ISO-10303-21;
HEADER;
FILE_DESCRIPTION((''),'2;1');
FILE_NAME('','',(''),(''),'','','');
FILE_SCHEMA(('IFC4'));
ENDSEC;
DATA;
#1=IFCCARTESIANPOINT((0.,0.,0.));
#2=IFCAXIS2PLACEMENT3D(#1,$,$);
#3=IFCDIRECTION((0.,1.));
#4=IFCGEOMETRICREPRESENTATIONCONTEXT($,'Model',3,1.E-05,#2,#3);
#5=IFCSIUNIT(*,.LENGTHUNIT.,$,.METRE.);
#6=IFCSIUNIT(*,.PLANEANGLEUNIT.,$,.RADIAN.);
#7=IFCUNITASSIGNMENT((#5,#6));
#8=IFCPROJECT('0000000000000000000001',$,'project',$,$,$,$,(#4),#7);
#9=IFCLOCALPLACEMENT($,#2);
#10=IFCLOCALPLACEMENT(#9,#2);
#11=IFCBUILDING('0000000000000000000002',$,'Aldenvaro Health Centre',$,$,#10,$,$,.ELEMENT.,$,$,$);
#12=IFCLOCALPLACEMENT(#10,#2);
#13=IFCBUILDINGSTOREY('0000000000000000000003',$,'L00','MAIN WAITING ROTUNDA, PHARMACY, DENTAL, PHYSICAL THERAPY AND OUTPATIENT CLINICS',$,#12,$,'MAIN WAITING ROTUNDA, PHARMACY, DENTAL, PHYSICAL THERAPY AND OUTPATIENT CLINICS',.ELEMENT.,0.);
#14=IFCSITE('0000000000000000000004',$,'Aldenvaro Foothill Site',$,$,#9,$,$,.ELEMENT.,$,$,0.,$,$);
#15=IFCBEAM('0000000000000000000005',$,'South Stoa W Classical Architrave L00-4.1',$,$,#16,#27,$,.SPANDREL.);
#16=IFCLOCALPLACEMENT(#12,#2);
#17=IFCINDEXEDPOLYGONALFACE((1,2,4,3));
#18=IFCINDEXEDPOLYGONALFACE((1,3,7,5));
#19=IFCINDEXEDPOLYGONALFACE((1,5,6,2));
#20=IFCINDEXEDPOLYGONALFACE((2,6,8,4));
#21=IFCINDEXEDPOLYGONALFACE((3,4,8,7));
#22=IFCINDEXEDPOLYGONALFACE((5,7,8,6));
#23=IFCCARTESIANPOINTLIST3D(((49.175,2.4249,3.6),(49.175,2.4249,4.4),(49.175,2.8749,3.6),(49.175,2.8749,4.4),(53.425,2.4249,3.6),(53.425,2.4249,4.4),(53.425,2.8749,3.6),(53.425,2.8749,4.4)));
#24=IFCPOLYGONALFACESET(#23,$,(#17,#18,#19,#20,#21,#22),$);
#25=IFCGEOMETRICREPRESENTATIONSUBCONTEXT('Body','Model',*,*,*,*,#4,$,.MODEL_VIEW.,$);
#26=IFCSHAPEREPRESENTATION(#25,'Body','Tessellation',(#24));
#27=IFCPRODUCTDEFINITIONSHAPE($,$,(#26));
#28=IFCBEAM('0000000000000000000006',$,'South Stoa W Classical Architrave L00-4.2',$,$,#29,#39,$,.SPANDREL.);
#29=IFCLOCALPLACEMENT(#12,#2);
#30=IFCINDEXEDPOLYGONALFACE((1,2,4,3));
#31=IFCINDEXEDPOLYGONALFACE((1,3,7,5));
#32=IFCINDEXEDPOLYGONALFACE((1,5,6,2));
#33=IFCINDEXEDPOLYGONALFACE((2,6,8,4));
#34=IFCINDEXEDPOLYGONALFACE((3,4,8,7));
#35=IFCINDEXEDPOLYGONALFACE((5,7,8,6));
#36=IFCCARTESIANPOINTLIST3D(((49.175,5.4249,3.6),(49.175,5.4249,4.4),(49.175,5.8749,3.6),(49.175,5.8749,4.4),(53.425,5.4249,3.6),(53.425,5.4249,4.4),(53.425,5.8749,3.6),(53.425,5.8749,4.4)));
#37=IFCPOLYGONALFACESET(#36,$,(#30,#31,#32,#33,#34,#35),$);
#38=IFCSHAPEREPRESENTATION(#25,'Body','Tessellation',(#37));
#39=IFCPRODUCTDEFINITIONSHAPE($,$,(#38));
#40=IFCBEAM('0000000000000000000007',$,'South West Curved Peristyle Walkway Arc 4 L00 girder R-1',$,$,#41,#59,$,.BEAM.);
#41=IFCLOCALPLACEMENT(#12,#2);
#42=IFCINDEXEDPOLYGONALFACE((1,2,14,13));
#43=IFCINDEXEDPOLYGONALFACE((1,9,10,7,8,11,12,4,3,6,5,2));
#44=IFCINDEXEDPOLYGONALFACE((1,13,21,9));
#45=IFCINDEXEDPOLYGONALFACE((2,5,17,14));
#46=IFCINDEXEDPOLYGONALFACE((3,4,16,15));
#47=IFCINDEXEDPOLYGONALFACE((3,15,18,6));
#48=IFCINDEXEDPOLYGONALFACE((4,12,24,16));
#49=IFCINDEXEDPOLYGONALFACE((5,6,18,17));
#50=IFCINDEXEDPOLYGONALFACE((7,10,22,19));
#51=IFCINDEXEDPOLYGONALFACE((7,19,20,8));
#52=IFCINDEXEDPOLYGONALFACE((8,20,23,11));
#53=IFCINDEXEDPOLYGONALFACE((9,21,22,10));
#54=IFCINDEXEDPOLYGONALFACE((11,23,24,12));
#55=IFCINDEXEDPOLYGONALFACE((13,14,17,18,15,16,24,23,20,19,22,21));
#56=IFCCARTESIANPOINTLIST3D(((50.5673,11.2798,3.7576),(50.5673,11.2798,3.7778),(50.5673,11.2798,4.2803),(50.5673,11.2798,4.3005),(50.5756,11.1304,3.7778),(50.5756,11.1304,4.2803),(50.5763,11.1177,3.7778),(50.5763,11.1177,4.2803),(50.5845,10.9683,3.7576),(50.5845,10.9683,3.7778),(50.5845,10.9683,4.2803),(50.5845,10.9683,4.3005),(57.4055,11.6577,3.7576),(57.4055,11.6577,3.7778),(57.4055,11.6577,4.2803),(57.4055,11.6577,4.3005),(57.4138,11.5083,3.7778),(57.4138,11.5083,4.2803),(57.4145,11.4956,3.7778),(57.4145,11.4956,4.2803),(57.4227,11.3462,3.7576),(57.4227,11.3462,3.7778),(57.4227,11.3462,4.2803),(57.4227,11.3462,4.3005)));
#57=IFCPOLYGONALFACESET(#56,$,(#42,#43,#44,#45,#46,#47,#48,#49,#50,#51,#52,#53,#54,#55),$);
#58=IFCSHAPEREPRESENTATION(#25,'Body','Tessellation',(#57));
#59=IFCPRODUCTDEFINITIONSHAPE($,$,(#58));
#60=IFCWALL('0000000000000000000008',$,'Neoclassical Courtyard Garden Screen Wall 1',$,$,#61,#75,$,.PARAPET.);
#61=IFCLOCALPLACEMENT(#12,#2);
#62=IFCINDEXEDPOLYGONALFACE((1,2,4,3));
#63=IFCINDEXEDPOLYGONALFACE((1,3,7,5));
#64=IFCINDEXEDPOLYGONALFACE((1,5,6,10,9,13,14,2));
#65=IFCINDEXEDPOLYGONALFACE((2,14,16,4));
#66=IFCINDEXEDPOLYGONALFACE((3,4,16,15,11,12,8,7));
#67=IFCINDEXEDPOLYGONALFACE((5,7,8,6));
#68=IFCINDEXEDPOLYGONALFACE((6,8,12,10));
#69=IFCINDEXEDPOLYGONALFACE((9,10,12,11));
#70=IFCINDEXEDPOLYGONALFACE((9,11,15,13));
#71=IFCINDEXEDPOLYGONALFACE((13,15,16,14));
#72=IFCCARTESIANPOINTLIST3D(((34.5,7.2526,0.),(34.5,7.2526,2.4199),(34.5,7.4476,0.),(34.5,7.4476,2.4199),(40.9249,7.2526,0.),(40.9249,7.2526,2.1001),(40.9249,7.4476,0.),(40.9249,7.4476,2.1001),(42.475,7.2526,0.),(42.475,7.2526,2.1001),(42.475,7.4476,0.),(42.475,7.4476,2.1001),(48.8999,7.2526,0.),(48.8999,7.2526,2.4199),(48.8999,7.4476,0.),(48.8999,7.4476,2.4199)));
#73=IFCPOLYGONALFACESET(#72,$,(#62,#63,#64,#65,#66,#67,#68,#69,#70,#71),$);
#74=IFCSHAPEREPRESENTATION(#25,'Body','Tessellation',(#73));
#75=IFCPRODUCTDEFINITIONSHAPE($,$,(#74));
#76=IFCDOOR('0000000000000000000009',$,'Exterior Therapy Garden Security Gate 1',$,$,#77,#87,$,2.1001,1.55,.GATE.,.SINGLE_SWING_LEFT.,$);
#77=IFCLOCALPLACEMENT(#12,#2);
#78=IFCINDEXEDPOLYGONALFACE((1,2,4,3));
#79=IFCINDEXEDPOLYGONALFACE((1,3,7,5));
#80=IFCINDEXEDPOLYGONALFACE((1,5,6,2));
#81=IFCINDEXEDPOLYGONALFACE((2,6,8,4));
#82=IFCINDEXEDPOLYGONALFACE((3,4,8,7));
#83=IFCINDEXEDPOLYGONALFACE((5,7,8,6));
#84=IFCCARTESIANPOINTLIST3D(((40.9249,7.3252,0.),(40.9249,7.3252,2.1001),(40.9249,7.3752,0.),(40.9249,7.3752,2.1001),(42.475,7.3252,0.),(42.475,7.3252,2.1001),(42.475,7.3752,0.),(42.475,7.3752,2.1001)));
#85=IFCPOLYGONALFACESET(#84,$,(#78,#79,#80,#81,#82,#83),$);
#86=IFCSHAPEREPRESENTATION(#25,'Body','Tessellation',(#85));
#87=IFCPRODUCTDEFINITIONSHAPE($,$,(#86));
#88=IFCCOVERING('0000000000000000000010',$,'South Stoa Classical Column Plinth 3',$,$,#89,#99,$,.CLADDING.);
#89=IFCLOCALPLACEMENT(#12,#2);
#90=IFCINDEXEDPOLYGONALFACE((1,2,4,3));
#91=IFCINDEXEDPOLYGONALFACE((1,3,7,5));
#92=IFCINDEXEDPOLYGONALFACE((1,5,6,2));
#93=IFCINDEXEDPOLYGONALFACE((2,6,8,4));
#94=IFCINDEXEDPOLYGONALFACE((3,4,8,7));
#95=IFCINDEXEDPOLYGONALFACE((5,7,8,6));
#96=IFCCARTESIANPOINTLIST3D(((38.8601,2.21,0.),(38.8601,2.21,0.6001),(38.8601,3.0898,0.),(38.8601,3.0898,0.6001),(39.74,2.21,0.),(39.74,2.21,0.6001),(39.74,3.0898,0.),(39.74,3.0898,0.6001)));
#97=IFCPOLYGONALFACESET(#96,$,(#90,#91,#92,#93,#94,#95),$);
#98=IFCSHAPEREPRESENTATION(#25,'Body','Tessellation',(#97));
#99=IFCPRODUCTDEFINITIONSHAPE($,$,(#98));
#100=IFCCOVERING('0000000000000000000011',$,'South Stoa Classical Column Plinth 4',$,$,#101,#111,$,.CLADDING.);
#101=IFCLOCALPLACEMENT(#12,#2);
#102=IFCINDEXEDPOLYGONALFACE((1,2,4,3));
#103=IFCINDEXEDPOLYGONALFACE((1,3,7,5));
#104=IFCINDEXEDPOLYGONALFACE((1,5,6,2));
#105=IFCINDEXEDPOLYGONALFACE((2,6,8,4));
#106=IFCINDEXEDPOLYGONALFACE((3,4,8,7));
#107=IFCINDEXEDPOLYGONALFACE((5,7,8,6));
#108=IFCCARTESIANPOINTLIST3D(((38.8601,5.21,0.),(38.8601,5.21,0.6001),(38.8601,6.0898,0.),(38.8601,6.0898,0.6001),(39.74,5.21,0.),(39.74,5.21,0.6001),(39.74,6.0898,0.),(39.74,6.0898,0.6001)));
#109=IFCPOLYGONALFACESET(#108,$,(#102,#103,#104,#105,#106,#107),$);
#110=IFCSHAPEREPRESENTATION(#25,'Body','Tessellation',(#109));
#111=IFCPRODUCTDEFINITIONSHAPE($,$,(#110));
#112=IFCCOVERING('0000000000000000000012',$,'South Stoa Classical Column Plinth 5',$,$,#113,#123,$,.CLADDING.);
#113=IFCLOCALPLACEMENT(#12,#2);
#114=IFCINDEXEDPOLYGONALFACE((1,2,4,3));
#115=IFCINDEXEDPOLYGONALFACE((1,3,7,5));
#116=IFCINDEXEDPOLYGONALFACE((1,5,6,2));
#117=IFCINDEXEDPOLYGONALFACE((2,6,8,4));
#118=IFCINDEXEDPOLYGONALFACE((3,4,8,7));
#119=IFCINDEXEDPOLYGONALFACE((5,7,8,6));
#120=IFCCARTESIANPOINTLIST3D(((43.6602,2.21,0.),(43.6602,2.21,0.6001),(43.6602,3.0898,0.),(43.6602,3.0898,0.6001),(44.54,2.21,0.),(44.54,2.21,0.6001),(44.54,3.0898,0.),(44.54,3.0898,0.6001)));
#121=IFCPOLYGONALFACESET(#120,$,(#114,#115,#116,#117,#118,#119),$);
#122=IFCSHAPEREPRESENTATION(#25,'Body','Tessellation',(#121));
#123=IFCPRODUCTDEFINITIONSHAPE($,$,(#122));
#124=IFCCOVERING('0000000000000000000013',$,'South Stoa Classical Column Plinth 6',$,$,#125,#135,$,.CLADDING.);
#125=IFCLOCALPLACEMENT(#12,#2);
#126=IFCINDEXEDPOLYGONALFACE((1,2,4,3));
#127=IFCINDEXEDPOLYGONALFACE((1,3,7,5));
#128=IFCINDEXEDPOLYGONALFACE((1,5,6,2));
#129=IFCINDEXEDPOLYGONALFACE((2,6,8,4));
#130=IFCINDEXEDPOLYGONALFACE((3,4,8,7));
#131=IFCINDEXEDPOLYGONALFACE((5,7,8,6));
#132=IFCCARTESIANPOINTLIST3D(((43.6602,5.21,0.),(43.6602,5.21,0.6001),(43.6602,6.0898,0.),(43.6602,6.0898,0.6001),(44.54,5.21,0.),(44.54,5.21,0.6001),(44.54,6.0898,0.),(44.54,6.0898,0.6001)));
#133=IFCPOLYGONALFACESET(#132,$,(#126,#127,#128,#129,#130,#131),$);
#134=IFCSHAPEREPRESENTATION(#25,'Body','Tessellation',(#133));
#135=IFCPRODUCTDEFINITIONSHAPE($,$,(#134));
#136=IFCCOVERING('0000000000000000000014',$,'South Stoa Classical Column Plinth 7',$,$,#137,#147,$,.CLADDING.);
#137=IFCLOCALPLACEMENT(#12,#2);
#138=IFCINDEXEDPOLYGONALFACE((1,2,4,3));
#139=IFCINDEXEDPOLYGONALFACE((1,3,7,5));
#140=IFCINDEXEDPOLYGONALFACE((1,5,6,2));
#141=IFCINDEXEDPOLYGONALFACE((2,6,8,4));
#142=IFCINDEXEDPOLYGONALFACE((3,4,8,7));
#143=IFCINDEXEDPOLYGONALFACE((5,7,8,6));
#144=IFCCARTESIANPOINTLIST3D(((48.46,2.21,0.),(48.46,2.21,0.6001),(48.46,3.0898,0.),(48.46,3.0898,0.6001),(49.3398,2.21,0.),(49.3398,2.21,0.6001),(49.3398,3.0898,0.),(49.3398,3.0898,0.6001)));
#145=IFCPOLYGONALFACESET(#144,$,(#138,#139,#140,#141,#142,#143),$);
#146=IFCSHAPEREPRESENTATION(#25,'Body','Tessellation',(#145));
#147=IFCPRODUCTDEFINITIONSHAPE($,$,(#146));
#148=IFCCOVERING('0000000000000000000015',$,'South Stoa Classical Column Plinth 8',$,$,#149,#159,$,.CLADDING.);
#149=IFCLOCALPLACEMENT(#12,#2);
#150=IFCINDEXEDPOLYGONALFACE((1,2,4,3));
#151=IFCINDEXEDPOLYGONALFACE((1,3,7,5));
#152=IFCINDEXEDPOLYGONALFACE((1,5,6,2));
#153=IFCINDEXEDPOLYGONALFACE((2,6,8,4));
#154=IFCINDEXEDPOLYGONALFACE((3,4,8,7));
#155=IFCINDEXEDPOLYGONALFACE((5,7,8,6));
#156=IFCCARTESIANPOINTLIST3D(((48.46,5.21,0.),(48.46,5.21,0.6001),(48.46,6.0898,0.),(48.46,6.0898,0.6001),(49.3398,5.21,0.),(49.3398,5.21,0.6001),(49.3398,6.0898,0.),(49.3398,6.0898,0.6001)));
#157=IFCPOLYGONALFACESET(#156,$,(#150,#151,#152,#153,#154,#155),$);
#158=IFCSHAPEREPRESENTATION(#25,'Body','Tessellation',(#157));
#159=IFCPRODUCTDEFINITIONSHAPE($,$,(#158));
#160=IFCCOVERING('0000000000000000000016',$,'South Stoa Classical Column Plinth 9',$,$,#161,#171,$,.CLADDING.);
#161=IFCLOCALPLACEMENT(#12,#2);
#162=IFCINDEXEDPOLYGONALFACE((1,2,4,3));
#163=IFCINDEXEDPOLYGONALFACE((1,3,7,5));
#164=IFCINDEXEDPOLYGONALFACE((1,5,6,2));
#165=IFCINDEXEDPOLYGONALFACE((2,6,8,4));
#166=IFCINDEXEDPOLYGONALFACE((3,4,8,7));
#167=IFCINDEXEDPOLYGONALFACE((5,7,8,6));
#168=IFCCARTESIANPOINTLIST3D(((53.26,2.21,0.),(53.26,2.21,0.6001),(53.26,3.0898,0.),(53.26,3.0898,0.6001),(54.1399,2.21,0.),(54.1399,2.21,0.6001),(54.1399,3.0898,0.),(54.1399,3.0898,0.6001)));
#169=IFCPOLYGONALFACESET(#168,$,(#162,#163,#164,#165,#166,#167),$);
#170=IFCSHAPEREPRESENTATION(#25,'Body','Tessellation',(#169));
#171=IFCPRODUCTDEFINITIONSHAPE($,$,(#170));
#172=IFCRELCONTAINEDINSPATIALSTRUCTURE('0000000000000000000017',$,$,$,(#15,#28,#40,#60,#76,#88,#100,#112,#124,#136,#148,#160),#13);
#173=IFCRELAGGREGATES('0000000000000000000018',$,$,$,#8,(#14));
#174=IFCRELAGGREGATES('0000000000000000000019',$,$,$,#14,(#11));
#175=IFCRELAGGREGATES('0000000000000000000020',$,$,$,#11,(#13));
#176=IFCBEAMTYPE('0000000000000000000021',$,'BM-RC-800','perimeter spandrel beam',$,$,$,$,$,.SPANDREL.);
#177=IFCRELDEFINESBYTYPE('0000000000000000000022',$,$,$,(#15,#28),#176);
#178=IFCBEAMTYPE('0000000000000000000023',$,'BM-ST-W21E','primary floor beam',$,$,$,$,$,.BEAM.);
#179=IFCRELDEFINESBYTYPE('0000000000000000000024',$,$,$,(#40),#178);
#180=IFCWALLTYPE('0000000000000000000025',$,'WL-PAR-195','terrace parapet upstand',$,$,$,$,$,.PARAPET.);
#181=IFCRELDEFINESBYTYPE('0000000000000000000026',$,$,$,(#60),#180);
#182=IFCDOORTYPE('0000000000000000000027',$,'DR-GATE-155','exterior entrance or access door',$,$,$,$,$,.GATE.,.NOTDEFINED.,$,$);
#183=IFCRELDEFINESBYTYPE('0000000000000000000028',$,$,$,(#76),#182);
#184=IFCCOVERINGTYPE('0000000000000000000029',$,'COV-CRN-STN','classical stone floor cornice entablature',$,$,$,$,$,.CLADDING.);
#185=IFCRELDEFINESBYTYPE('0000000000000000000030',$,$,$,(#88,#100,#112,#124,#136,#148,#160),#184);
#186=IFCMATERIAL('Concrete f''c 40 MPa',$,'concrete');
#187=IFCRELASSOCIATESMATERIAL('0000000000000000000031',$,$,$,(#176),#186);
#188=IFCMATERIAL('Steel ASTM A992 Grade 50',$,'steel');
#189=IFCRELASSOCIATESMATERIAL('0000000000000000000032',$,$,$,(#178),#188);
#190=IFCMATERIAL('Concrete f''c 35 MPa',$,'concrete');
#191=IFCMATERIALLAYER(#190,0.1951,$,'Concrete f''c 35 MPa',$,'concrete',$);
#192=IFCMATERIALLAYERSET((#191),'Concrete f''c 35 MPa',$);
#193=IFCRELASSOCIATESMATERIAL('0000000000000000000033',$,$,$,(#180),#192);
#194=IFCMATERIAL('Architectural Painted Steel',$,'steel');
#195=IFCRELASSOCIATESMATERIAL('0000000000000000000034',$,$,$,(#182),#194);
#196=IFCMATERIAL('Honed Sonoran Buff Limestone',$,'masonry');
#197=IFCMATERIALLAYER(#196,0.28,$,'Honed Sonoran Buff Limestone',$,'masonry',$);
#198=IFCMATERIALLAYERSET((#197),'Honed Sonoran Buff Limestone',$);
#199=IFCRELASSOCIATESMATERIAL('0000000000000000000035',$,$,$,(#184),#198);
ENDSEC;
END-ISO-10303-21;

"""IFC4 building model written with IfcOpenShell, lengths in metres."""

from ifc_helpers import new_model, si_unit, direction, frame, frame_2d, origin, origin_2d, place, context, subcontext, project, spatial, rectangle, i_section, extrude, material, layer, layer_set, material_profile, profile_set, type_object, element, fill, save


model = new_model("IFC4")

# Units and contexts
model_context = context("Model", 3, precision=1e-05, world=origin(), true_north=direction((0.0, 1.0)))
body_context = subcontext(model_context, "Body", "Model", "MODEL_VIEW")
ifc_project = project(units=[si_unit("LENGTHUNIT", "METRE"), si_unit("PLANEANGLEUNIT", "RADIAN")], contexts=[model_context])

# Site, building, storey
site_placement = place(None, origin())
site = spatial("IfcSite", under=ifc_project, at=site_placement, Name="Aldenvaro Foothill Site", CompositionType="ELEMENT", RefElevation=0.0)
building_placement = place(site_placement, origin())
building = spatial("IfcBuilding", under=site, at=building_placement, Name="Aldenvaro Health Centre", CompositionType="ELEMENT")
storey_placement = place(building_placement, origin())
storey = spatial("IfcBuildingStorey", under=building, at=storey_placement, Name="L00", Description="MAIN WAITING ROTUNDA, PHARMACY, DENTAL, PHYSICAL THERAPY AND OUTPATIENT CLINICS", LongName="MAIN WAITING ROTUNDA, PHARMACY, DENTAL, PHYSICAL THERAPY AND OUTPATIENT CLINICS", CompositionType="ELEMENT", Elevation=0.0)

# Shared definitions
ifc_material_1 = material(Name="Concrete f'c 40 MPa", Category="concrete")

# Beams
ifc_material_profile_1 = material_profile(ifc_material_1, rectangle(XDim=0.45, YDim=0.8, at=origin_2d()), Name="RC 450x800", Category="concrete")
ifc_profile_set_1 = profile_set([ifc_material_profile_1], Name="Concrete f'c 40 MPa")
beam_type_1 = type_object("IfcBeamType", Name="BM-RC-800", Description="perimeter spandrel beam", PredefinedType="SPANDREL", material=ifc_profile_set_1)
for number, where, z_axis, x_axis, name in (
    (1, (49.175, 2.6499, 4.0), (1.0, 0.0, 0.0), (0.0, 1.0, 0.0), "South Stoa W Classical Architrave L00-4.1"),
    (2, (49.175, 5.6499, 4.0), (1.0, 0.0, 0.0), (0.0, 1.0, 0.0), "South Stoa W Classical Architrave L00-4.2"),
):
    element("IfcBeam", number, at=place(storey_placement, frame(where, z_axis=z_axis, x_axis=x_axis)), inside=storey, type_object=beam_type_1, Name=name, PredefinedType="SPANDREL", context=body_context, shape_type="SweptSolid", body=[
        extrude(rectangle(XDim=0.45, YDim=0.8, at=origin_2d()), origin(), (0.0, 0.0, 1.0), 4.25),
    ])
ifc_material_2 = material(Name="Steel ASTM A992 Grade 50", Category="steel")
ifc_material_profile_2 = material_profile(ifc_material_2, i_section(OverallWidth=0.312, OverallDepth=0.543, WebThickness=0.0127, FlangeThickness=0.0203, at=origin_2d()), Name="W21X101", Category="steel")
ifc_profile_set_2 = profile_set([ifc_material_profile_2], Name="Steel ASTM A992 Grade 50")
beam_type_2 = type_object("IfcBeamType", Name="BM-ST-W21E", Description="primary floor beam", PredefinedType="BEAM", material=ifc_profile_set_2)
beam_placement = place(storey_placement, frame((50.5759, 11.124, 4.0291), z_axis=(0.998476, 0.055184, 0.0), x_axis=(-0.055184, 0.998476, 0.0)))
element("IfcBeam", 3, at=beam_placement, inside=storey, type_object=beam_type_2, Name="South West Curved Peristyle Walkway Arc 4 L00 girder R-1", PredefinedType="BEAM", context=body_context, shape_type="SweptSolid", body=[
    extrude(i_section(OverallWidth=0.312, OverallDepth=0.543, WebThickness=0.0127, FlangeThickness=0.0203, at=origin_2d()), origin(), (0.0, 0.0, 1.0), 6.8486),
])

# Wall, opening, door
ifc_material_3 = material(Name="Concrete f'c 35 MPa", Category="concrete")
ifc_layer_1 = layer(ifc_material_3, 0.1951, Name="Concrete f'c 35 MPa", Category="concrete")
ifc_layer_set_1 = layer_set([ifc_layer_1], Name="Concrete f'c 35 MPa")
wall_type = type_object("IfcWallType", Name="WL-PAR-195", Description="terrace parapet upstand", PredefinedType="PARAPET", material=ifc_layer_set_1)
wall_placement = place(storey_placement, frame((48.8999, 7.3501, 0.0), z_axis=(0.0, 0.0, 1.0), x_axis=(-1.0, 0.0, 0.0)))
wall = element("IfcWall", 4, at=wall_placement, inside=storey, type_object=wall_type, Name="Neoclassical Courtyard Garden Screen Wall 1", PredefinedType="PARAPET", context=body_context, shape_type="SweptSolid", body=[
    extrude(rectangle(XDim=14.3999, YDim=0.1951, at=frame_2d((7.2, 0.0))), origin(), (0.0, 0.0, 1.0), 2.4199),
])
opening_placement = place(wall_placement, frame((6.425, 0.0, 0.0)))
opening = element("IfcOpeningElement", 5, at=opening_placement, cuts=wall, PredefinedType="OPENING", context=body_context, shape_type="SweptSolid", body=[
    extrude(rectangle(XDim=1.55, YDim=2.1001, at=frame_2d((0.7749, 1.05))), frame((0.0, 0.1074, 0.0), z_axis=(0.0, -1.0, 0.0), x_axis=(1.0, 0.0, 0.0)), (0.0, 0.0, 1.0), 0.2151),
])
ifc_material_4 = material(Name="Architectural Painted Steel", Category="steel")
door_type = type_object("IfcDoorType", Name="DR-GATE-155", Description="exterior entrance or access door", OperationType="NOTDEFINED", PredefinedType="GATE", material=ifc_material_4)
door_placement = place(opening_placement, origin())
door = element("IfcDoor", 6, at=door_placement, inside=storey, type_object=door_type, Name="Exterior Therapy Garden Security Gate 1", OperationType="SINGLE_SWING_LEFT", OverallHeight=2.1001, OverallWidth=1.55, PredefinedType="GATE", context=body_context, shape_type="SweptSolid", body=[
    extrude(rectangle(XDim=1.55, YDim=2.1001, at=frame_2d((0.7749, 1.05))), frame((0.0, 0.0249, 0.0), z_axis=(0.0, -1.0, 0.0), x_axis=(1.0, 0.0, 0.0)), (0.0, 0.0, 1.0), 0.05),
])
fill(opening, door)

# Coverings
ifc_material_5 = material(Name="Honed Sonoran Buff Limestone", Category="masonry")
ifc_layer_2 = layer(ifc_material_5, 0.28, Name="Honed Sonoran Buff Limestone", Category="masonry")
ifc_layer_set_2 = layer_set([ifc_layer_2], Name="Honed Sonoran Buff Limestone")
covering_type = type_object("IfcCoveringType", Name="COV-CRN-STN", Description="classical stone floor cornice entablature", PredefinedType="CLADDING", material=ifc_layer_set_2)
for number, where, z_axis, x_axis, name in (
    (7, (39.3, 2.6499, 0.0), (0.0, 0.0, 1.0), (1.0, 0.0, 0.0), "South Stoa Classical Column Plinth 3"),
    (8, (39.3, 5.6499, 0.0), (0.0, 0.0, 1.0), (1.0, 0.0, 0.0), "South Stoa Classical Column Plinth 4"),
    (9, (44.1001, 2.6499, 0.0), (0.0, 0.0, 1.0), (1.0, 0.0, 0.0), "South Stoa Classical Column Plinth 5"),
    (10, (44.1001, 5.6499, 0.0), (0.0, 0.0, 1.0), (1.0, 0.0, 0.0), "South Stoa Classical Column Plinth 6"),
    (11, (48.8999, 2.6499, 0.0), (0.0, 0.0, 1.0), (1.0, 0.0, 0.0), "South Stoa Classical Column Plinth 7"),
    (12, (48.8999, 5.6499, 0.0), (0.0, 0.0, 1.0), (1.0, 0.0, 0.0), "South Stoa Classical Column Plinth 8"),
    (13, (53.7, 2.6499, 0.0), (0.0, 0.0, 1.0), (1.0, 0.0, 0.0), "South Stoa Classical Column Plinth 9"),
):
    element("IfcCovering", number, at=place(storey_placement, frame(where, z_axis=z_axis, x_axis=x_axis)), inside=storey, type_object=covering_type, Name=name, PredefinedType="CLADDING", context=body_context, shape_type="SweptSolid", body=[
        extrude(rectangle(XDim=0.8799, YDim=0.8799, at=origin_2d()), origin(), (0.0, 0.0, 1.0), 0.6001),
    ])

save(model, "model.ifc")
